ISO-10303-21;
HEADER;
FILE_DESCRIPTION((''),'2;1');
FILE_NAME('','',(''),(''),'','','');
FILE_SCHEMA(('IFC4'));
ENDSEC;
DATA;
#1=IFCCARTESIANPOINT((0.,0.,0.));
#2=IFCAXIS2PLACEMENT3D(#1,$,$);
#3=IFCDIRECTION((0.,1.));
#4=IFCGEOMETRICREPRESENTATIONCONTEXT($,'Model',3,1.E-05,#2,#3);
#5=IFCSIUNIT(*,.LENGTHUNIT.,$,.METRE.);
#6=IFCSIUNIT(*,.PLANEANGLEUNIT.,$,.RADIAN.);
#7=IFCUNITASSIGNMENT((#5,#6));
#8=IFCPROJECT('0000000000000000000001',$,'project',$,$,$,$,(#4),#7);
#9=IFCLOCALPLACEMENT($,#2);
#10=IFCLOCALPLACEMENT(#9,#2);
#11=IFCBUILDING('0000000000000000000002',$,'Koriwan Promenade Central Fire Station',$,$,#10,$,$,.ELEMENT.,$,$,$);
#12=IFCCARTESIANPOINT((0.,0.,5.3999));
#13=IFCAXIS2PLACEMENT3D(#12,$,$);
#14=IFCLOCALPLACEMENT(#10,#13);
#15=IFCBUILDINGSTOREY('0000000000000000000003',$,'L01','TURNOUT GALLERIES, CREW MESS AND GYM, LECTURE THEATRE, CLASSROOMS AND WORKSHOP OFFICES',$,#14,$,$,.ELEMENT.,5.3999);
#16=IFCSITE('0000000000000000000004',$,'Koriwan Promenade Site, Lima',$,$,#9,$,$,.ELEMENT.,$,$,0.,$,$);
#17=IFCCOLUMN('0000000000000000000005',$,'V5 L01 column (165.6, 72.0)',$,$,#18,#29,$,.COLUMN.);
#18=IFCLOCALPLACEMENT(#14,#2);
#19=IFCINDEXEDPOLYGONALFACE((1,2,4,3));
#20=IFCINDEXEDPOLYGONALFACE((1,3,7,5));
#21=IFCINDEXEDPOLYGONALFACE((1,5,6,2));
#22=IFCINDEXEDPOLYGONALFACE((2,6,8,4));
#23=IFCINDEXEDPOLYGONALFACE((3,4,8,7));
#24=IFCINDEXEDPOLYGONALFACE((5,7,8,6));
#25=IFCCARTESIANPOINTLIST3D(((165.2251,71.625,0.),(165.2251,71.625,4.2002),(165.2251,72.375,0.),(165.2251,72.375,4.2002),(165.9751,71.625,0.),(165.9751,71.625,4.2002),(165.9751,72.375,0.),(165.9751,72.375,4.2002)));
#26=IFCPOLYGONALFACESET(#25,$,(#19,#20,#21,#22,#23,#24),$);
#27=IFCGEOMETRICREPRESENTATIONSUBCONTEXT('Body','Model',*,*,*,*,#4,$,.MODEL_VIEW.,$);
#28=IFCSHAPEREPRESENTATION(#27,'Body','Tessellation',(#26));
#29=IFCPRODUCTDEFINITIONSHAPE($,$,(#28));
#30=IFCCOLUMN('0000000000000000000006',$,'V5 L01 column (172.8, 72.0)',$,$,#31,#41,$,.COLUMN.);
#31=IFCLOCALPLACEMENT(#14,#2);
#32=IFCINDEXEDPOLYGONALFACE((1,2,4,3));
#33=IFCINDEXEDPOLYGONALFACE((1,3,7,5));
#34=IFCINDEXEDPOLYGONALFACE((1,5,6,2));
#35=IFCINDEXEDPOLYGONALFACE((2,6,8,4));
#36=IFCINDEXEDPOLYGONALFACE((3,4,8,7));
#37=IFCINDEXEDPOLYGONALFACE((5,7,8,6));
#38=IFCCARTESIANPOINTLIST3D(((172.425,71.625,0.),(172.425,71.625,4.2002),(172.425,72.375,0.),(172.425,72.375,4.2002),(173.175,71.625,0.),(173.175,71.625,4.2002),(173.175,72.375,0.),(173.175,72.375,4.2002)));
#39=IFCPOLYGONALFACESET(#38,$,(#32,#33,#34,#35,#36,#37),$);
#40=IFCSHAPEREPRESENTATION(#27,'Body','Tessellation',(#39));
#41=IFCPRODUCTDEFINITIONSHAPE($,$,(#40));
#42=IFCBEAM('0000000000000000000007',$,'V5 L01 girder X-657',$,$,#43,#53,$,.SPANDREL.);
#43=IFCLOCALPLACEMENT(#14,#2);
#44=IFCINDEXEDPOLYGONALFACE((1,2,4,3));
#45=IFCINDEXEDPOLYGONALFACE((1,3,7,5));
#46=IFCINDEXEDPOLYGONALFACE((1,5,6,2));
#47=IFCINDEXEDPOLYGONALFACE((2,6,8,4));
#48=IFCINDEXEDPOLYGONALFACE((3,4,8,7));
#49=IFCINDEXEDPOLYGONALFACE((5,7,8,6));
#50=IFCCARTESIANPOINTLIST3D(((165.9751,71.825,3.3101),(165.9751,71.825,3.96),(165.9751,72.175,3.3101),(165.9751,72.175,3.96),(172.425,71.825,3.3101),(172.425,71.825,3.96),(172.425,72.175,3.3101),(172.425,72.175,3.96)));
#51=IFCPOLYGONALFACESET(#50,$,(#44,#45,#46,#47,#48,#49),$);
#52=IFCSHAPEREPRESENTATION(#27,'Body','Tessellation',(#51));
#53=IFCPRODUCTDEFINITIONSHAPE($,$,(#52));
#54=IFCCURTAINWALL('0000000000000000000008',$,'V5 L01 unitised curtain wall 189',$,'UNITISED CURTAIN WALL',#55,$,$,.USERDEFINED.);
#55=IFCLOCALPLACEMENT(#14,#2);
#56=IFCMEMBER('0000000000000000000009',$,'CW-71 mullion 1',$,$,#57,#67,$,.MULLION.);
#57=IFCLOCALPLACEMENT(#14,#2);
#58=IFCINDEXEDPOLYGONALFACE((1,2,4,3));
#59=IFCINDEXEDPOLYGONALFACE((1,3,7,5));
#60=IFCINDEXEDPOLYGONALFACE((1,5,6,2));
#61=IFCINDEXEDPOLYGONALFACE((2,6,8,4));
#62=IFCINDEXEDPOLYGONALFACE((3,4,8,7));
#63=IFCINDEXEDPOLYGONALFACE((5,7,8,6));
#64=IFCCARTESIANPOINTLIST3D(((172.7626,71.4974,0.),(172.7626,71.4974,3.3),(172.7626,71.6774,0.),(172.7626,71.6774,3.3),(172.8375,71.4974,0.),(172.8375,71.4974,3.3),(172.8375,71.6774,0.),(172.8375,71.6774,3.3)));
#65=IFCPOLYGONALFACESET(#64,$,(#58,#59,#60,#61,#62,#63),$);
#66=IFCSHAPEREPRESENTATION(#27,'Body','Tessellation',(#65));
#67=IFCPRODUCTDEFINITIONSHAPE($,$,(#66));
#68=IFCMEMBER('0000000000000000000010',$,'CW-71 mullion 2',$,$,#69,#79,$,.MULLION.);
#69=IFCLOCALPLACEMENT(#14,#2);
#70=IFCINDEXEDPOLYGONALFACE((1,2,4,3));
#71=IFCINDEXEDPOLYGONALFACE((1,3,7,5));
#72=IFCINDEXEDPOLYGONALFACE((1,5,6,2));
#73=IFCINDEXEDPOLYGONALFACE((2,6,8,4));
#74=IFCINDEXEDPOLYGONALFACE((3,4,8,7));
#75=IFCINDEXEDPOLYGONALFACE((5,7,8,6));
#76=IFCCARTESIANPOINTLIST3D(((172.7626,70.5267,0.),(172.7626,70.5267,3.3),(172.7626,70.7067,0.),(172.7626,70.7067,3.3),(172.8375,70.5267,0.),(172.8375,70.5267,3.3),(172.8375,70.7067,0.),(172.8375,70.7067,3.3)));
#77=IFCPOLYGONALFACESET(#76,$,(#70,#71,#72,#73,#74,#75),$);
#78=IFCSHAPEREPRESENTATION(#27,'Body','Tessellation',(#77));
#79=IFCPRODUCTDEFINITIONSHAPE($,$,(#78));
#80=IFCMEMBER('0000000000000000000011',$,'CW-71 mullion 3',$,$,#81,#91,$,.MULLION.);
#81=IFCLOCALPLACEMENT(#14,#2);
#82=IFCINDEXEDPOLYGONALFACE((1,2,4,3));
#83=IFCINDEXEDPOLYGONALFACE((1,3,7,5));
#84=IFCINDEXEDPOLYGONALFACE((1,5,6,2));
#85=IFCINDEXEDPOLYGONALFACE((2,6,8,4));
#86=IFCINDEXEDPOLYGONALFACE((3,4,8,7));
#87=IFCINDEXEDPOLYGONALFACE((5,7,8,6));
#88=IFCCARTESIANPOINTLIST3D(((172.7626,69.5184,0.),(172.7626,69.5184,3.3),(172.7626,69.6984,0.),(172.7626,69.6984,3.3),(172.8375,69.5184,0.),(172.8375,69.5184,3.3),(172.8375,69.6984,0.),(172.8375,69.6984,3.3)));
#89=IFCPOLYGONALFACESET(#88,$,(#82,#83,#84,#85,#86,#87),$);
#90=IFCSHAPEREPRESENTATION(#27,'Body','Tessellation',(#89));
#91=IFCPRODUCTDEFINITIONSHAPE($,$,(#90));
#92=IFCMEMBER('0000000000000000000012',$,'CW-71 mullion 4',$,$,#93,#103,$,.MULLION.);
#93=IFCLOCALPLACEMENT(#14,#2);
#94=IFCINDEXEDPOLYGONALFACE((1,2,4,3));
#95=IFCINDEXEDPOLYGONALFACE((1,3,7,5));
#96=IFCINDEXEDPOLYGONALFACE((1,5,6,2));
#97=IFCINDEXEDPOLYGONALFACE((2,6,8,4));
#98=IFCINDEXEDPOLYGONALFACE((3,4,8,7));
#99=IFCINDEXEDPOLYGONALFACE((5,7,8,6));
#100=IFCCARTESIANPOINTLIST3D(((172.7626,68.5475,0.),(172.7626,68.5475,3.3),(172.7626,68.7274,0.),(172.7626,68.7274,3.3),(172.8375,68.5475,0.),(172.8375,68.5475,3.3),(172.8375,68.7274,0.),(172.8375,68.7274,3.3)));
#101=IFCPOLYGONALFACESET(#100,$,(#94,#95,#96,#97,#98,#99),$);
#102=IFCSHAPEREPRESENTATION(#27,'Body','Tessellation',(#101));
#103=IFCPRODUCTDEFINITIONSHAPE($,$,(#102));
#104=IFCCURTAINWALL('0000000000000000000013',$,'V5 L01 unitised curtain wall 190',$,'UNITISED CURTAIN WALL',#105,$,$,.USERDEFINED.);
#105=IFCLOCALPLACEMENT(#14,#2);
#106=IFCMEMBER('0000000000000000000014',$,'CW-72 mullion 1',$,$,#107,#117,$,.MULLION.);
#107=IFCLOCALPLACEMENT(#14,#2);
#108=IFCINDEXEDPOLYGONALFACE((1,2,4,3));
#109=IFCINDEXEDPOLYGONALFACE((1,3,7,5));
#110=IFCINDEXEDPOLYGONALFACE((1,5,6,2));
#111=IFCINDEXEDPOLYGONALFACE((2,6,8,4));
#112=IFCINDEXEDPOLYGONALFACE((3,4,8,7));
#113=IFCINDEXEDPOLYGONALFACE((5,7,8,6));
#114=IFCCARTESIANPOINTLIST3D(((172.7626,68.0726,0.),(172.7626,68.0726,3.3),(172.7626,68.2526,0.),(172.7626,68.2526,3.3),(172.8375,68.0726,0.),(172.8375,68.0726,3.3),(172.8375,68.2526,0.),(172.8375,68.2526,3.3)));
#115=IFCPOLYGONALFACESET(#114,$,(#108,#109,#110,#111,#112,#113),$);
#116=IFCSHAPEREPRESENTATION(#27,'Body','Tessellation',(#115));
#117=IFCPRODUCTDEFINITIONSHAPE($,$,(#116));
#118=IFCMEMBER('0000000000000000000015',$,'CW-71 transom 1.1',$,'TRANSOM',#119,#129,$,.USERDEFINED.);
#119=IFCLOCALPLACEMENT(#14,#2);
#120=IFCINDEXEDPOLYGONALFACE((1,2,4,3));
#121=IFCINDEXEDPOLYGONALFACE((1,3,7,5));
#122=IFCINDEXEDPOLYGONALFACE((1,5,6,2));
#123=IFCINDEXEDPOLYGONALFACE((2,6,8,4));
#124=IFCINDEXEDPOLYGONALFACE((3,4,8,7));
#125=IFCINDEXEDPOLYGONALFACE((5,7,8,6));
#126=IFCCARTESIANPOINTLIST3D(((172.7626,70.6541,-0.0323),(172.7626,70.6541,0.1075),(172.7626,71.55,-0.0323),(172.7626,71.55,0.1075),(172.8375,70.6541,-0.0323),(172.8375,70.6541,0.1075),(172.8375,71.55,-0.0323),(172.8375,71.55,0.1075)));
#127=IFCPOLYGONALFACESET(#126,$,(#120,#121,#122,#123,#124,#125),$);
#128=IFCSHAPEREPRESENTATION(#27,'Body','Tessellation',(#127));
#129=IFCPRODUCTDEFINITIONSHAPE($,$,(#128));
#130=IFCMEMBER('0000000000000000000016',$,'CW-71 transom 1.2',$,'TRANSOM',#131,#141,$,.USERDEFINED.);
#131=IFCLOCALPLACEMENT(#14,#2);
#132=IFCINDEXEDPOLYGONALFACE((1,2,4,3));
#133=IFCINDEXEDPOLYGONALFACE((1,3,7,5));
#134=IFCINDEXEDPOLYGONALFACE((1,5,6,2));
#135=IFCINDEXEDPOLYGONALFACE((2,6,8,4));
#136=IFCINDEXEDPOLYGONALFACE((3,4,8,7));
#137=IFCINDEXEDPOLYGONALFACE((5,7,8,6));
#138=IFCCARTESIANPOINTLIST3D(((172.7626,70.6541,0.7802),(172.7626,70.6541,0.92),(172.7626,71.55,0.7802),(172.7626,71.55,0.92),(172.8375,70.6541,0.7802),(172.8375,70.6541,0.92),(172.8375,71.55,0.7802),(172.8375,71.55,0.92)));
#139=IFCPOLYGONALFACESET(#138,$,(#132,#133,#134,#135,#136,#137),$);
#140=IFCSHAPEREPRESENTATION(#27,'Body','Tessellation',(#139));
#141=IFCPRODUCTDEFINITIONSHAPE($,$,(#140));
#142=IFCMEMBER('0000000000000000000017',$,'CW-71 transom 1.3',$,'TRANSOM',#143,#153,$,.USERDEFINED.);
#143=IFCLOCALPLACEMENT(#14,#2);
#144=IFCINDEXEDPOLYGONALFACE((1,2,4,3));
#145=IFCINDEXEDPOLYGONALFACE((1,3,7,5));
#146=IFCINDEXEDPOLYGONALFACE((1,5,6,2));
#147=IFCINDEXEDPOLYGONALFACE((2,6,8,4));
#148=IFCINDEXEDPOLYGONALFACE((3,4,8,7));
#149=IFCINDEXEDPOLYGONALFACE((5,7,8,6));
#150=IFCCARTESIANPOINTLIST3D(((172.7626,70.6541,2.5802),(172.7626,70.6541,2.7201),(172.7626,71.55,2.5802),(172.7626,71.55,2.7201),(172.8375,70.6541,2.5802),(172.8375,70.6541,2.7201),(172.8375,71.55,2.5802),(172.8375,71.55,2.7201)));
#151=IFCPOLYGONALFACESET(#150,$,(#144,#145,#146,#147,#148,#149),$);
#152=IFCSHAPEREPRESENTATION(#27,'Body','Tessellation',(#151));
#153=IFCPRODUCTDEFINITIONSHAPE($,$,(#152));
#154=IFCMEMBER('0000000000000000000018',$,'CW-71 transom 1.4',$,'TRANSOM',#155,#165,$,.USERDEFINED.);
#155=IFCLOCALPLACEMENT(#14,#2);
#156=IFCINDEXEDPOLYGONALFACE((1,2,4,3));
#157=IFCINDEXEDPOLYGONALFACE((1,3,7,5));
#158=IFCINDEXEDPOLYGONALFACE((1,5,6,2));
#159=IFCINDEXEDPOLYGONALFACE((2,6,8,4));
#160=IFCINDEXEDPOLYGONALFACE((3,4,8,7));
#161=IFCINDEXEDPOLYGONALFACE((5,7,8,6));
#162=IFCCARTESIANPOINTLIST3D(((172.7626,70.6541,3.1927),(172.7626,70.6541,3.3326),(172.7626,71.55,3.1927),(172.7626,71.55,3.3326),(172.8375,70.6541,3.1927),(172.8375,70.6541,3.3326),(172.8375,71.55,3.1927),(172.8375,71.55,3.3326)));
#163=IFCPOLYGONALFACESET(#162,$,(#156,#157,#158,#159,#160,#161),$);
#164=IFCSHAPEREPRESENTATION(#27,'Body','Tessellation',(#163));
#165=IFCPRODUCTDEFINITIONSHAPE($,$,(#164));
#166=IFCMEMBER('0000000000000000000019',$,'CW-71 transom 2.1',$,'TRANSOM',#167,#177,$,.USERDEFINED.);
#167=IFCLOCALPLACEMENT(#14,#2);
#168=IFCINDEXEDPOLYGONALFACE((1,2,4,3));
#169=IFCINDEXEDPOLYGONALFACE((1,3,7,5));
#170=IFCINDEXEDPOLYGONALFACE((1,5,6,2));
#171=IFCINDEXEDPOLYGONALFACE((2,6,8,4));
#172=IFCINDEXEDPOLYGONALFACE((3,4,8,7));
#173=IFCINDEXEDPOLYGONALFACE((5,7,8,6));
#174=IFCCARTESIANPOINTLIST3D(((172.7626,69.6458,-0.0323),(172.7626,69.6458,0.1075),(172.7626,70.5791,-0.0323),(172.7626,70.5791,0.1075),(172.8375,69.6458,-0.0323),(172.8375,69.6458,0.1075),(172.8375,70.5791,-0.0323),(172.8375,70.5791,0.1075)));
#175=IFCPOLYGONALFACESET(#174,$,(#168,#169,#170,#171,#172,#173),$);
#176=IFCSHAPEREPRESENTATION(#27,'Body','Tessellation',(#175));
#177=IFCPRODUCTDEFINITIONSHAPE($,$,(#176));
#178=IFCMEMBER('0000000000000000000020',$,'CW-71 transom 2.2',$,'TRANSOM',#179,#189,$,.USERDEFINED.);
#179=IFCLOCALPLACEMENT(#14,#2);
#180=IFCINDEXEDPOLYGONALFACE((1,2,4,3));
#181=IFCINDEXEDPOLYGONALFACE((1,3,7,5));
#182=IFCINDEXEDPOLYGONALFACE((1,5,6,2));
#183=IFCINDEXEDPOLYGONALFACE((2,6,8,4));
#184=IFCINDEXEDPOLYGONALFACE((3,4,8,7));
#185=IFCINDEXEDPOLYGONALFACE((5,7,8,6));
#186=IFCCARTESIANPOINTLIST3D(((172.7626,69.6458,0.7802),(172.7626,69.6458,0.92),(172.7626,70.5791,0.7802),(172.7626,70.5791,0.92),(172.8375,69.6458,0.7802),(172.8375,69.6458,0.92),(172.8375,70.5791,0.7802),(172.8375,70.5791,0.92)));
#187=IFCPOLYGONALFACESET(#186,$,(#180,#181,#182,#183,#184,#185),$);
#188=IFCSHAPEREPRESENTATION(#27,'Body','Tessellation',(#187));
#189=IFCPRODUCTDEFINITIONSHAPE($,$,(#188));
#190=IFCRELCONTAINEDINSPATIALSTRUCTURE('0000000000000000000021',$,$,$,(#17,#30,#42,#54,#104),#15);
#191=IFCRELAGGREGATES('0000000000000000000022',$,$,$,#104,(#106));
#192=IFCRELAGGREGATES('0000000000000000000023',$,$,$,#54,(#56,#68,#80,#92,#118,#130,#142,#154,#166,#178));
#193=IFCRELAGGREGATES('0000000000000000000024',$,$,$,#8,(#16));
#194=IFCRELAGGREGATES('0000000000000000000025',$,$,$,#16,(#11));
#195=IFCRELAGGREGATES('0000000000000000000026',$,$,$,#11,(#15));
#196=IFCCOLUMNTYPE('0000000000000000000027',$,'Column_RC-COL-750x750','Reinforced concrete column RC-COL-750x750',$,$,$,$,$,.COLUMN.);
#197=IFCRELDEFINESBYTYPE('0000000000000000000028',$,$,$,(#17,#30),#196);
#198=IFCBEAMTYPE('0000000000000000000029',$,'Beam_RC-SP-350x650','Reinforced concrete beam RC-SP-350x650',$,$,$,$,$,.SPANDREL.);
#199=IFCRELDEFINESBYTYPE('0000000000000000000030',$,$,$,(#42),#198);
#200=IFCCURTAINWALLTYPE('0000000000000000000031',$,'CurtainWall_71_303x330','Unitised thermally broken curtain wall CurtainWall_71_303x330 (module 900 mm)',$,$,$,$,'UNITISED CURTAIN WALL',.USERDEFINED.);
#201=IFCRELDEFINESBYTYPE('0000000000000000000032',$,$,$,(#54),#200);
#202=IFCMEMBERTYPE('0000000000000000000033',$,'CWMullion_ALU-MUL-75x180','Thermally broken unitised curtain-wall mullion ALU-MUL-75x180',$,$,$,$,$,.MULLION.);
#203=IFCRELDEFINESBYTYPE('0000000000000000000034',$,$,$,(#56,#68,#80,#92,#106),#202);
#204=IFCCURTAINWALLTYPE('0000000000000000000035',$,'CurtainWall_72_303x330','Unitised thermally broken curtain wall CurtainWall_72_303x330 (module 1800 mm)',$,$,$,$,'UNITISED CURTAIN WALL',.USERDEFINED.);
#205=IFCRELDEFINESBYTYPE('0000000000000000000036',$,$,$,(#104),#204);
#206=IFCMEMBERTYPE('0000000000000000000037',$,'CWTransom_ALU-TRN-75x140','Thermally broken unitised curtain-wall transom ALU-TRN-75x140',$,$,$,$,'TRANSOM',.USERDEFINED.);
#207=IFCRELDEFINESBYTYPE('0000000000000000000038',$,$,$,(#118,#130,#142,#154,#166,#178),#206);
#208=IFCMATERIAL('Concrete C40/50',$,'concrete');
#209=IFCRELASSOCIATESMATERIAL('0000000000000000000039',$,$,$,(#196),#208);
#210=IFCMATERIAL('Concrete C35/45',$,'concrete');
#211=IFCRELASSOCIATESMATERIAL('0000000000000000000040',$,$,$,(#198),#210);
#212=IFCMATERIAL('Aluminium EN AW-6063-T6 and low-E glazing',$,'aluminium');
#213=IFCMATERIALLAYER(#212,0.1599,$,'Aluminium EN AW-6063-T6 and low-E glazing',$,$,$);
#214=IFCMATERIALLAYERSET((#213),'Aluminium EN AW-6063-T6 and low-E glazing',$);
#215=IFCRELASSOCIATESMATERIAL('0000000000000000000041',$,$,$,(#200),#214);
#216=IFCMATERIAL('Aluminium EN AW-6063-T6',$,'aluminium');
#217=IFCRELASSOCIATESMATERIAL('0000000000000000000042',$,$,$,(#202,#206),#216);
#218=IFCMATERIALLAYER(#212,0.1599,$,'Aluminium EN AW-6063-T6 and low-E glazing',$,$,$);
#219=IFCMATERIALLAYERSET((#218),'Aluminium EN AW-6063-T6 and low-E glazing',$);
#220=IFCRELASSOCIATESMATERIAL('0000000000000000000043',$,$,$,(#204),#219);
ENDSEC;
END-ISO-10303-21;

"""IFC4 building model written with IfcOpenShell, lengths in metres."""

from ifc_helpers import new_model, si_unit, direction, frame, origin, origin_2d, place, context, subcontext, project, spatial, rectangle, extrude, material, layer, layer_set, material_profile, profile_set, type_object, element, aggregate, save


model = new_model("IFC4")

# Units and contexts
model_context = context("Model", 3, precision=1e-05, world=origin(), true_north=direction((0.0, 1.0)))
body_context = subcontext(model_context, "Body", "Model", "MODEL_VIEW")
ifc_project = project(units=[si_unit("LENGTHUNIT", "METRE"), si_unit("PLANEANGLEUNIT", "RADIAN")], contexts=[model_context])

# Site, building, storey
site_placement = place(None, origin())
site = spatial("IfcSite", under=ifc_project, at=site_placement, Name="Koriwan Promenade Site, Lima", CompositionType="ELEMENT", RefElevation=0.0)
building_placement = place(site_placement, origin())
building = spatial("IfcBuilding", under=site, at=building_placement, Name="Koriwan Promenade Central Fire Station", CompositionType="ELEMENT")
storey_placement = place(building_placement, frame((0.0, 0.0, 5.3999)))
storey = spatial("IfcBuildingStorey", under=building, at=storey_placement, Name="L01", Description="TURNOUT GALLERIES, CREW MESS AND GYM, LECTURE THEATRE, CLASSROOMS AND WORKSHOP OFFICES", CompositionType="ELEMENT", Elevation=5.3999)

# Columns
ifc_material_1 = material(Name="Concrete C40/50", Category="concrete")
ifc_material_profile_1 = material_profile(ifc_material_1, rectangle(XDim=0.75, YDim=0.75, at=origin_2d()), Name="RC-COL-750x750")
ifc_profile_set_1 = profile_set([ifc_material_profile_1], Name="Concrete C40/50")
column_type = type_object("IfcColumnType", Name="Column_RC-COL-750x750", Description="Reinforced concrete column RC-COL-750x750", PredefinedType="COLUMN", material=ifc_profile_set_1)
for number, where, z_axis, x_axis, name in (
    (1, (165.6001, 72.0, 0.0), (0.0, 0.0, 1.0), (1.0, 0.0, 0.0), "V5 L01 column (165.6, 72.0)"),
    (2, (172.8, 72.0, 0.0), (0.0, 0.0, 1.0), (1.0, 0.0, 0.0), "V5 L01 column (172.8, 72.0)"),
):
    element("IfcColumn", number, at=place(storey_placement, frame(where, z_axis=z_axis, x_axis=x_axis)), inside=storey, type_object=column_type, Name=name, PredefinedType="COLUMN", context=body_context, shape_type="SweptSolid", body=[
        extrude(rectangle(XDim=0.75, YDim=0.75, at=origin_2d()), origin(), (0.0, 0.0, 1.0), 4.2002),
    ])

# Beam
ifc_material_2 = material(Name="Concrete C35/45", Category="concrete")
ifc_material_profile_2 = material_profile(ifc_material_2, rectangle(XDim=0.3501, YDim=0.6499, at=origin_2d()), Name="RC-SP-350x650")
ifc_profile_set_2 = profile_set([ifc_material_profile_2], Name="Concrete C35/45")
beam_type = type_object("IfcBeamType", Name="Beam_RC-SP-350x650", Description="Reinforced concrete beam RC-SP-350x650", PredefinedType="SPANDREL", material=ifc_profile_set_2)
beam_placement = place(storey_placement, frame((165.9751, 72.0, 3.635), z_axis=(1.0, 0.0, 0.0), x_axis=(0.0, 1.0, 0.0)))
element("IfcBeam", 3, at=beam_placement, inside=storey, type_object=beam_type, Name="V5 L01 girder X-657", PredefinedType="SPANDREL", context=body_context, shape_type="SweptSolid", body=[
    extrude(rectangle(XDim=0.3501, YDim=0.6499, at=origin_2d()), origin(), (0.0, 0.0, 1.0), 6.45),
])

# Curtain wall, members
ifc_material_3 = material(Name="Aluminium EN AW-6063-T6 and low-E glazing", Category="aluminium")
ifc_layer_1 = layer(ifc_material_3, 0.1599, Name="Aluminium EN AW-6063-T6 and low-E glazing")
ifc_layer_set_1 = layer_set([ifc_layer_1], Name="Aluminium EN AW-6063-T6 and low-E glazing")
curtain_wall_type_1 = type_object("IfcCurtainWallType", Name="CurtainWall_71_303x330", Description="Unitised thermally broken curtain wall CurtainWall_71_303x330 (module 900 mm)", ElementType="UNITISED CURTAIN WALL", PredefinedType="USERDEFINED", material=ifc_layer_set_1)
curtain_wall_1_placement = place(storey_placement, origin())
curtain_wall_1 = element("IfcCurtainWall", 4, at=curtain_wall_1_placement, inside=storey, type_object=curtain_wall_type_1, Name="V5 L01 unitised curtain wall 189", ObjectType="UNITISED CURTAIN WALL", PredefinedType="USERDEFINED")
ifc_material_4 = material(Name="Aluminium EN AW-6063-T6", Category="aluminium")
ifc_material_profile_3 = material_profile(ifc_material_4, rectangle(XDim=0.075, YDim=0.1799, at=origin_2d()), Name="ALU-MUL-75x180")
ifc_profile_set_3 = profile_set([ifc_material_profile_3], Name="Aluminium EN AW-6063-T6")
member_type_1 = type_object("IfcMemberType", Name="CWMullion_ALU-MUL-75x180", Description="Thermally broken unitised curtain-wall mullion ALU-MUL-75x180", PredefinedType="MULLION", material=ifc_profile_set_3)
member_1_placement = place(storey_placement, frame((172.8, 71.5874, 0.0), z_axis=(0.0, 0.0, 1.0), x_axis=(1.0, 0.0, 0.0)))
member_1 = element("IfcMember", 5, at=member_1_placement, type_object=member_type_1, Name="CW-71 mullion 1", PredefinedType="MULLION", context=body_context, shape_type="SweptSolid", body=[
    extrude(rectangle(XDim=0.075, YDim=0.1799, at=origin_2d()), origin(), (0.0, 0.0, 1.0), 3.3),
])
member_2_placement = place(storey_placement, frame((172.8, 70.6167, 0.0), z_axis=(0.0, 0.0, 1.0), x_axis=(1.0, 0.0, 0.0)))
member_2 = element("IfcMember", 6, at=member_2_placement, type_object=member_type_1, Name="CW-71 mullion 2", PredefinedType="MULLION", context=body_context, shape_type="SweptSolid", body=[
    extrude(rectangle(XDim=0.075, YDim=0.1799, at=origin_2d()), origin(), (0.0, 0.0, 1.0), 3.3),
])
member_3_placement = place(storey_placement, frame((172.8, 69.6084, 0.0), z_axis=(0.0, 0.0, 1.0), x_axis=(1.0, 0.0, 0.0)))
member_3 = element("IfcMember", 7, at=member_3_placement, type_object=member_type_1, Name="CW-71 mullion 3", PredefinedType="MULLION", context=body_context, shape_type="SweptSolid", body=[
    extrude(rectangle(XDim=0.075, YDim=0.1799, at=origin_2d()), origin(), (0.0, 0.0, 1.0), 3.3),
])
member_4_placement = place(storey_placement, frame((172.8, 68.6375, 0.0), z_axis=(0.0, 0.0, 1.0), x_axis=(1.0, 0.0, 0.0)))
member_4 = element("IfcMember", 8, at=member_4_placement, type_object=member_type_1, Name="CW-71 mullion 4", PredefinedType="MULLION", context=body_context, shape_type="SweptSolid", body=[
    extrude(rectangle(XDim=0.075, YDim=0.1799, at=origin_2d()), origin(), (0.0, 0.0, 1.0), 3.3),
])

# Curtain wall, member
ifc_layer_2 = layer(ifc_material_3, 0.1599, Name="Aluminium EN AW-6063-T6 and low-E glazing")
ifc_layer_set_2 = layer_set([ifc_layer_2], Name="Aluminium EN AW-6063-T6 and low-E glazing")
curtain_wall_type_2 = type_object("IfcCurtainWallType", Name="CurtainWall_72_303x330", Description="Unitised thermally broken curtain wall CurtainWall_72_303x330 (module 1800 mm)", ElementType="UNITISED CURTAIN WALL", PredefinedType="USERDEFINED", material=ifc_layer_set_2)
curtain_wall_2_placement = place(storey_placement, origin())
curtain_wall_2 = element("IfcCurtainWall", 9, at=curtain_wall_2_placement, inside=storey, type_object=curtain_wall_type_2, Name="V5 L01 unitised curtain wall 190", ObjectType="UNITISED CURTAIN WALL", PredefinedType="USERDEFINED")
member_5_placement = place(storey_placement, frame((172.8, 68.1626, 0.0), z_axis=(0.0, 0.0, 1.0), x_axis=(1.0, 0.0, 0.0)))
member_5 = element("IfcMember", 10, at=member_5_placement, type_object=member_type_1, Name="CW-72 mullion 1", PredefinedType="MULLION", context=body_context, shape_type="SweptSolid", body=[
    extrude(rectangle(XDim=0.075, YDim=0.1799, at=origin_2d()), origin(), (0.0, 0.0, 1.0), 3.3),
])
aggregate(curtain_wall_2, [member_5])

# Members
ifc_material_profile_4 = material_profile(ifc_material_4, rectangle(XDim=0.075, YDim=0.1399, at=origin_2d()), Name="ALU-TRN-75x140")
ifc_profile_set_4 = profile_set([ifc_material_profile_4], Name="Aluminium EN AW-6063-T6")
member_type_2 = type_object("IfcMemberType", Name="CWTransom_ALU-TRN-75x140", Description="Thermally broken unitised curtain-wall transom ALU-TRN-75x140", ElementType="TRANSOM", PredefinedType="USERDEFINED", material=ifc_profile_set_4)
member_6_placement = place(storey_placement, frame((172.8, 71.55, 0.0376), z_axis=(0.0, -1.0, 0.0), x_axis=(1.0, 0.0, 0.0)))
member_6 = element("IfcMember", 11, at=member_6_placement, type_object=member_type_2, Name="CW-71 transom 1.1", ObjectType="TRANSOM", PredefinedType="USERDEFINED", context=body_context, shape_type="SweptSolid", body=[
    extrude(rectangle(XDim=0.075, YDim=0.1399, at=origin_2d()), origin(), (0.0, 0.0, 1.0), 0.896),
])
member_7_placement = place(storey_placement, frame((172.8, 71.55, 0.8501), z_axis=(0.0, -1.0, 0.0), x_axis=(1.0, 0.0, 0.0)))
member_7 = element("IfcMember", 12, at=member_7_placement, type_object=member_type_2, Name="CW-71 transom 1.2", ObjectType="TRANSOM", PredefinedType="USERDEFINED", context=body_context, shape_type="SweptSolid", body=[
    extrude(rectangle(XDim=0.075, YDim=0.1399, at=origin_2d()), origin(), (0.0, 0.0, 1.0), 0.896),
])
member_8_placement = place(storey_placement, frame((172.8, 71.55, 2.6501), z_axis=(0.0, -1.0, 0.0), x_axis=(1.0, 0.0, 0.0)))
member_8 = element("IfcMember", 13, at=member_8_placement, type_object=member_type_2, Name="CW-71 transom 1.3", ObjectType="TRANSOM", PredefinedType="USERDEFINED", context=body_context, shape_type="SweptSolid", body=[
    extrude(rectangle(XDim=0.075, YDim=0.1399, at=origin_2d()), origin(), (0.0, 0.0, 1.0), 0.896),
])
member_9_placement = place(storey_placement, frame((172.8, 71.55, 3.2627), z_axis=(0.0, -1.0, 0.0), x_axis=(1.0, 0.0, 0.0)))
member_9 = element("IfcMember", 14, at=member_9_placement, type_object=member_type_2, Name="CW-71 transom 1.4", ObjectType="TRANSOM", PredefinedType="USERDEFINED", context=body_context, shape_type="SweptSolid", body=[
    extrude(rectangle(XDim=0.075, YDim=0.1399, at=origin_2d()), origin(), (0.0, 0.0, 1.0), 0.896),
])
member_10_placement = place(storey_placement, frame((172.8, 70.5791, 0.0376), z_axis=(0.0, -1.0, 0.0), x_axis=(1.0, 0.0, 0.0)))
member_10 = element("IfcMember", 15, at=member_10_placement, type_object=member_type_2, Name="CW-71 transom 2.1", ObjectType="TRANSOM", PredefinedType="USERDEFINED", context=body_context, shape_type="SweptSolid", body=[
    extrude(rectangle(XDim=0.075, YDim=0.1399, at=origin_2d()), origin(), (0.0, 0.0, 1.0), 0.9333),
])
member_11_placement = place(storey_placement, frame((172.8, 70.5791, 0.8501), z_axis=(0.0, -1.0, 0.0), x_axis=(1.0, 0.0, 0.0)))
member_11 = element("IfcMember", 16, at=member_11_placement, type_object=member_type_2, Name="CW-71 transom 2.2", ObjectType="TRANSOM", PredefinedType="USERDEFINED", context=body_context, shape_type="SweptSolid", body=[
    extrude(rectangle(XDim=0.075, YDim=0.1399, at=origin_2d()), origin(), (0.0, 0.0, 1.0), 0.9333),
])

aggregate(curtain_wall_1, [member_1, member_2, member_3, member_4, member_6, member_7, member_8, member_9, member_10, member_11])

save(model, "model.ifc")
